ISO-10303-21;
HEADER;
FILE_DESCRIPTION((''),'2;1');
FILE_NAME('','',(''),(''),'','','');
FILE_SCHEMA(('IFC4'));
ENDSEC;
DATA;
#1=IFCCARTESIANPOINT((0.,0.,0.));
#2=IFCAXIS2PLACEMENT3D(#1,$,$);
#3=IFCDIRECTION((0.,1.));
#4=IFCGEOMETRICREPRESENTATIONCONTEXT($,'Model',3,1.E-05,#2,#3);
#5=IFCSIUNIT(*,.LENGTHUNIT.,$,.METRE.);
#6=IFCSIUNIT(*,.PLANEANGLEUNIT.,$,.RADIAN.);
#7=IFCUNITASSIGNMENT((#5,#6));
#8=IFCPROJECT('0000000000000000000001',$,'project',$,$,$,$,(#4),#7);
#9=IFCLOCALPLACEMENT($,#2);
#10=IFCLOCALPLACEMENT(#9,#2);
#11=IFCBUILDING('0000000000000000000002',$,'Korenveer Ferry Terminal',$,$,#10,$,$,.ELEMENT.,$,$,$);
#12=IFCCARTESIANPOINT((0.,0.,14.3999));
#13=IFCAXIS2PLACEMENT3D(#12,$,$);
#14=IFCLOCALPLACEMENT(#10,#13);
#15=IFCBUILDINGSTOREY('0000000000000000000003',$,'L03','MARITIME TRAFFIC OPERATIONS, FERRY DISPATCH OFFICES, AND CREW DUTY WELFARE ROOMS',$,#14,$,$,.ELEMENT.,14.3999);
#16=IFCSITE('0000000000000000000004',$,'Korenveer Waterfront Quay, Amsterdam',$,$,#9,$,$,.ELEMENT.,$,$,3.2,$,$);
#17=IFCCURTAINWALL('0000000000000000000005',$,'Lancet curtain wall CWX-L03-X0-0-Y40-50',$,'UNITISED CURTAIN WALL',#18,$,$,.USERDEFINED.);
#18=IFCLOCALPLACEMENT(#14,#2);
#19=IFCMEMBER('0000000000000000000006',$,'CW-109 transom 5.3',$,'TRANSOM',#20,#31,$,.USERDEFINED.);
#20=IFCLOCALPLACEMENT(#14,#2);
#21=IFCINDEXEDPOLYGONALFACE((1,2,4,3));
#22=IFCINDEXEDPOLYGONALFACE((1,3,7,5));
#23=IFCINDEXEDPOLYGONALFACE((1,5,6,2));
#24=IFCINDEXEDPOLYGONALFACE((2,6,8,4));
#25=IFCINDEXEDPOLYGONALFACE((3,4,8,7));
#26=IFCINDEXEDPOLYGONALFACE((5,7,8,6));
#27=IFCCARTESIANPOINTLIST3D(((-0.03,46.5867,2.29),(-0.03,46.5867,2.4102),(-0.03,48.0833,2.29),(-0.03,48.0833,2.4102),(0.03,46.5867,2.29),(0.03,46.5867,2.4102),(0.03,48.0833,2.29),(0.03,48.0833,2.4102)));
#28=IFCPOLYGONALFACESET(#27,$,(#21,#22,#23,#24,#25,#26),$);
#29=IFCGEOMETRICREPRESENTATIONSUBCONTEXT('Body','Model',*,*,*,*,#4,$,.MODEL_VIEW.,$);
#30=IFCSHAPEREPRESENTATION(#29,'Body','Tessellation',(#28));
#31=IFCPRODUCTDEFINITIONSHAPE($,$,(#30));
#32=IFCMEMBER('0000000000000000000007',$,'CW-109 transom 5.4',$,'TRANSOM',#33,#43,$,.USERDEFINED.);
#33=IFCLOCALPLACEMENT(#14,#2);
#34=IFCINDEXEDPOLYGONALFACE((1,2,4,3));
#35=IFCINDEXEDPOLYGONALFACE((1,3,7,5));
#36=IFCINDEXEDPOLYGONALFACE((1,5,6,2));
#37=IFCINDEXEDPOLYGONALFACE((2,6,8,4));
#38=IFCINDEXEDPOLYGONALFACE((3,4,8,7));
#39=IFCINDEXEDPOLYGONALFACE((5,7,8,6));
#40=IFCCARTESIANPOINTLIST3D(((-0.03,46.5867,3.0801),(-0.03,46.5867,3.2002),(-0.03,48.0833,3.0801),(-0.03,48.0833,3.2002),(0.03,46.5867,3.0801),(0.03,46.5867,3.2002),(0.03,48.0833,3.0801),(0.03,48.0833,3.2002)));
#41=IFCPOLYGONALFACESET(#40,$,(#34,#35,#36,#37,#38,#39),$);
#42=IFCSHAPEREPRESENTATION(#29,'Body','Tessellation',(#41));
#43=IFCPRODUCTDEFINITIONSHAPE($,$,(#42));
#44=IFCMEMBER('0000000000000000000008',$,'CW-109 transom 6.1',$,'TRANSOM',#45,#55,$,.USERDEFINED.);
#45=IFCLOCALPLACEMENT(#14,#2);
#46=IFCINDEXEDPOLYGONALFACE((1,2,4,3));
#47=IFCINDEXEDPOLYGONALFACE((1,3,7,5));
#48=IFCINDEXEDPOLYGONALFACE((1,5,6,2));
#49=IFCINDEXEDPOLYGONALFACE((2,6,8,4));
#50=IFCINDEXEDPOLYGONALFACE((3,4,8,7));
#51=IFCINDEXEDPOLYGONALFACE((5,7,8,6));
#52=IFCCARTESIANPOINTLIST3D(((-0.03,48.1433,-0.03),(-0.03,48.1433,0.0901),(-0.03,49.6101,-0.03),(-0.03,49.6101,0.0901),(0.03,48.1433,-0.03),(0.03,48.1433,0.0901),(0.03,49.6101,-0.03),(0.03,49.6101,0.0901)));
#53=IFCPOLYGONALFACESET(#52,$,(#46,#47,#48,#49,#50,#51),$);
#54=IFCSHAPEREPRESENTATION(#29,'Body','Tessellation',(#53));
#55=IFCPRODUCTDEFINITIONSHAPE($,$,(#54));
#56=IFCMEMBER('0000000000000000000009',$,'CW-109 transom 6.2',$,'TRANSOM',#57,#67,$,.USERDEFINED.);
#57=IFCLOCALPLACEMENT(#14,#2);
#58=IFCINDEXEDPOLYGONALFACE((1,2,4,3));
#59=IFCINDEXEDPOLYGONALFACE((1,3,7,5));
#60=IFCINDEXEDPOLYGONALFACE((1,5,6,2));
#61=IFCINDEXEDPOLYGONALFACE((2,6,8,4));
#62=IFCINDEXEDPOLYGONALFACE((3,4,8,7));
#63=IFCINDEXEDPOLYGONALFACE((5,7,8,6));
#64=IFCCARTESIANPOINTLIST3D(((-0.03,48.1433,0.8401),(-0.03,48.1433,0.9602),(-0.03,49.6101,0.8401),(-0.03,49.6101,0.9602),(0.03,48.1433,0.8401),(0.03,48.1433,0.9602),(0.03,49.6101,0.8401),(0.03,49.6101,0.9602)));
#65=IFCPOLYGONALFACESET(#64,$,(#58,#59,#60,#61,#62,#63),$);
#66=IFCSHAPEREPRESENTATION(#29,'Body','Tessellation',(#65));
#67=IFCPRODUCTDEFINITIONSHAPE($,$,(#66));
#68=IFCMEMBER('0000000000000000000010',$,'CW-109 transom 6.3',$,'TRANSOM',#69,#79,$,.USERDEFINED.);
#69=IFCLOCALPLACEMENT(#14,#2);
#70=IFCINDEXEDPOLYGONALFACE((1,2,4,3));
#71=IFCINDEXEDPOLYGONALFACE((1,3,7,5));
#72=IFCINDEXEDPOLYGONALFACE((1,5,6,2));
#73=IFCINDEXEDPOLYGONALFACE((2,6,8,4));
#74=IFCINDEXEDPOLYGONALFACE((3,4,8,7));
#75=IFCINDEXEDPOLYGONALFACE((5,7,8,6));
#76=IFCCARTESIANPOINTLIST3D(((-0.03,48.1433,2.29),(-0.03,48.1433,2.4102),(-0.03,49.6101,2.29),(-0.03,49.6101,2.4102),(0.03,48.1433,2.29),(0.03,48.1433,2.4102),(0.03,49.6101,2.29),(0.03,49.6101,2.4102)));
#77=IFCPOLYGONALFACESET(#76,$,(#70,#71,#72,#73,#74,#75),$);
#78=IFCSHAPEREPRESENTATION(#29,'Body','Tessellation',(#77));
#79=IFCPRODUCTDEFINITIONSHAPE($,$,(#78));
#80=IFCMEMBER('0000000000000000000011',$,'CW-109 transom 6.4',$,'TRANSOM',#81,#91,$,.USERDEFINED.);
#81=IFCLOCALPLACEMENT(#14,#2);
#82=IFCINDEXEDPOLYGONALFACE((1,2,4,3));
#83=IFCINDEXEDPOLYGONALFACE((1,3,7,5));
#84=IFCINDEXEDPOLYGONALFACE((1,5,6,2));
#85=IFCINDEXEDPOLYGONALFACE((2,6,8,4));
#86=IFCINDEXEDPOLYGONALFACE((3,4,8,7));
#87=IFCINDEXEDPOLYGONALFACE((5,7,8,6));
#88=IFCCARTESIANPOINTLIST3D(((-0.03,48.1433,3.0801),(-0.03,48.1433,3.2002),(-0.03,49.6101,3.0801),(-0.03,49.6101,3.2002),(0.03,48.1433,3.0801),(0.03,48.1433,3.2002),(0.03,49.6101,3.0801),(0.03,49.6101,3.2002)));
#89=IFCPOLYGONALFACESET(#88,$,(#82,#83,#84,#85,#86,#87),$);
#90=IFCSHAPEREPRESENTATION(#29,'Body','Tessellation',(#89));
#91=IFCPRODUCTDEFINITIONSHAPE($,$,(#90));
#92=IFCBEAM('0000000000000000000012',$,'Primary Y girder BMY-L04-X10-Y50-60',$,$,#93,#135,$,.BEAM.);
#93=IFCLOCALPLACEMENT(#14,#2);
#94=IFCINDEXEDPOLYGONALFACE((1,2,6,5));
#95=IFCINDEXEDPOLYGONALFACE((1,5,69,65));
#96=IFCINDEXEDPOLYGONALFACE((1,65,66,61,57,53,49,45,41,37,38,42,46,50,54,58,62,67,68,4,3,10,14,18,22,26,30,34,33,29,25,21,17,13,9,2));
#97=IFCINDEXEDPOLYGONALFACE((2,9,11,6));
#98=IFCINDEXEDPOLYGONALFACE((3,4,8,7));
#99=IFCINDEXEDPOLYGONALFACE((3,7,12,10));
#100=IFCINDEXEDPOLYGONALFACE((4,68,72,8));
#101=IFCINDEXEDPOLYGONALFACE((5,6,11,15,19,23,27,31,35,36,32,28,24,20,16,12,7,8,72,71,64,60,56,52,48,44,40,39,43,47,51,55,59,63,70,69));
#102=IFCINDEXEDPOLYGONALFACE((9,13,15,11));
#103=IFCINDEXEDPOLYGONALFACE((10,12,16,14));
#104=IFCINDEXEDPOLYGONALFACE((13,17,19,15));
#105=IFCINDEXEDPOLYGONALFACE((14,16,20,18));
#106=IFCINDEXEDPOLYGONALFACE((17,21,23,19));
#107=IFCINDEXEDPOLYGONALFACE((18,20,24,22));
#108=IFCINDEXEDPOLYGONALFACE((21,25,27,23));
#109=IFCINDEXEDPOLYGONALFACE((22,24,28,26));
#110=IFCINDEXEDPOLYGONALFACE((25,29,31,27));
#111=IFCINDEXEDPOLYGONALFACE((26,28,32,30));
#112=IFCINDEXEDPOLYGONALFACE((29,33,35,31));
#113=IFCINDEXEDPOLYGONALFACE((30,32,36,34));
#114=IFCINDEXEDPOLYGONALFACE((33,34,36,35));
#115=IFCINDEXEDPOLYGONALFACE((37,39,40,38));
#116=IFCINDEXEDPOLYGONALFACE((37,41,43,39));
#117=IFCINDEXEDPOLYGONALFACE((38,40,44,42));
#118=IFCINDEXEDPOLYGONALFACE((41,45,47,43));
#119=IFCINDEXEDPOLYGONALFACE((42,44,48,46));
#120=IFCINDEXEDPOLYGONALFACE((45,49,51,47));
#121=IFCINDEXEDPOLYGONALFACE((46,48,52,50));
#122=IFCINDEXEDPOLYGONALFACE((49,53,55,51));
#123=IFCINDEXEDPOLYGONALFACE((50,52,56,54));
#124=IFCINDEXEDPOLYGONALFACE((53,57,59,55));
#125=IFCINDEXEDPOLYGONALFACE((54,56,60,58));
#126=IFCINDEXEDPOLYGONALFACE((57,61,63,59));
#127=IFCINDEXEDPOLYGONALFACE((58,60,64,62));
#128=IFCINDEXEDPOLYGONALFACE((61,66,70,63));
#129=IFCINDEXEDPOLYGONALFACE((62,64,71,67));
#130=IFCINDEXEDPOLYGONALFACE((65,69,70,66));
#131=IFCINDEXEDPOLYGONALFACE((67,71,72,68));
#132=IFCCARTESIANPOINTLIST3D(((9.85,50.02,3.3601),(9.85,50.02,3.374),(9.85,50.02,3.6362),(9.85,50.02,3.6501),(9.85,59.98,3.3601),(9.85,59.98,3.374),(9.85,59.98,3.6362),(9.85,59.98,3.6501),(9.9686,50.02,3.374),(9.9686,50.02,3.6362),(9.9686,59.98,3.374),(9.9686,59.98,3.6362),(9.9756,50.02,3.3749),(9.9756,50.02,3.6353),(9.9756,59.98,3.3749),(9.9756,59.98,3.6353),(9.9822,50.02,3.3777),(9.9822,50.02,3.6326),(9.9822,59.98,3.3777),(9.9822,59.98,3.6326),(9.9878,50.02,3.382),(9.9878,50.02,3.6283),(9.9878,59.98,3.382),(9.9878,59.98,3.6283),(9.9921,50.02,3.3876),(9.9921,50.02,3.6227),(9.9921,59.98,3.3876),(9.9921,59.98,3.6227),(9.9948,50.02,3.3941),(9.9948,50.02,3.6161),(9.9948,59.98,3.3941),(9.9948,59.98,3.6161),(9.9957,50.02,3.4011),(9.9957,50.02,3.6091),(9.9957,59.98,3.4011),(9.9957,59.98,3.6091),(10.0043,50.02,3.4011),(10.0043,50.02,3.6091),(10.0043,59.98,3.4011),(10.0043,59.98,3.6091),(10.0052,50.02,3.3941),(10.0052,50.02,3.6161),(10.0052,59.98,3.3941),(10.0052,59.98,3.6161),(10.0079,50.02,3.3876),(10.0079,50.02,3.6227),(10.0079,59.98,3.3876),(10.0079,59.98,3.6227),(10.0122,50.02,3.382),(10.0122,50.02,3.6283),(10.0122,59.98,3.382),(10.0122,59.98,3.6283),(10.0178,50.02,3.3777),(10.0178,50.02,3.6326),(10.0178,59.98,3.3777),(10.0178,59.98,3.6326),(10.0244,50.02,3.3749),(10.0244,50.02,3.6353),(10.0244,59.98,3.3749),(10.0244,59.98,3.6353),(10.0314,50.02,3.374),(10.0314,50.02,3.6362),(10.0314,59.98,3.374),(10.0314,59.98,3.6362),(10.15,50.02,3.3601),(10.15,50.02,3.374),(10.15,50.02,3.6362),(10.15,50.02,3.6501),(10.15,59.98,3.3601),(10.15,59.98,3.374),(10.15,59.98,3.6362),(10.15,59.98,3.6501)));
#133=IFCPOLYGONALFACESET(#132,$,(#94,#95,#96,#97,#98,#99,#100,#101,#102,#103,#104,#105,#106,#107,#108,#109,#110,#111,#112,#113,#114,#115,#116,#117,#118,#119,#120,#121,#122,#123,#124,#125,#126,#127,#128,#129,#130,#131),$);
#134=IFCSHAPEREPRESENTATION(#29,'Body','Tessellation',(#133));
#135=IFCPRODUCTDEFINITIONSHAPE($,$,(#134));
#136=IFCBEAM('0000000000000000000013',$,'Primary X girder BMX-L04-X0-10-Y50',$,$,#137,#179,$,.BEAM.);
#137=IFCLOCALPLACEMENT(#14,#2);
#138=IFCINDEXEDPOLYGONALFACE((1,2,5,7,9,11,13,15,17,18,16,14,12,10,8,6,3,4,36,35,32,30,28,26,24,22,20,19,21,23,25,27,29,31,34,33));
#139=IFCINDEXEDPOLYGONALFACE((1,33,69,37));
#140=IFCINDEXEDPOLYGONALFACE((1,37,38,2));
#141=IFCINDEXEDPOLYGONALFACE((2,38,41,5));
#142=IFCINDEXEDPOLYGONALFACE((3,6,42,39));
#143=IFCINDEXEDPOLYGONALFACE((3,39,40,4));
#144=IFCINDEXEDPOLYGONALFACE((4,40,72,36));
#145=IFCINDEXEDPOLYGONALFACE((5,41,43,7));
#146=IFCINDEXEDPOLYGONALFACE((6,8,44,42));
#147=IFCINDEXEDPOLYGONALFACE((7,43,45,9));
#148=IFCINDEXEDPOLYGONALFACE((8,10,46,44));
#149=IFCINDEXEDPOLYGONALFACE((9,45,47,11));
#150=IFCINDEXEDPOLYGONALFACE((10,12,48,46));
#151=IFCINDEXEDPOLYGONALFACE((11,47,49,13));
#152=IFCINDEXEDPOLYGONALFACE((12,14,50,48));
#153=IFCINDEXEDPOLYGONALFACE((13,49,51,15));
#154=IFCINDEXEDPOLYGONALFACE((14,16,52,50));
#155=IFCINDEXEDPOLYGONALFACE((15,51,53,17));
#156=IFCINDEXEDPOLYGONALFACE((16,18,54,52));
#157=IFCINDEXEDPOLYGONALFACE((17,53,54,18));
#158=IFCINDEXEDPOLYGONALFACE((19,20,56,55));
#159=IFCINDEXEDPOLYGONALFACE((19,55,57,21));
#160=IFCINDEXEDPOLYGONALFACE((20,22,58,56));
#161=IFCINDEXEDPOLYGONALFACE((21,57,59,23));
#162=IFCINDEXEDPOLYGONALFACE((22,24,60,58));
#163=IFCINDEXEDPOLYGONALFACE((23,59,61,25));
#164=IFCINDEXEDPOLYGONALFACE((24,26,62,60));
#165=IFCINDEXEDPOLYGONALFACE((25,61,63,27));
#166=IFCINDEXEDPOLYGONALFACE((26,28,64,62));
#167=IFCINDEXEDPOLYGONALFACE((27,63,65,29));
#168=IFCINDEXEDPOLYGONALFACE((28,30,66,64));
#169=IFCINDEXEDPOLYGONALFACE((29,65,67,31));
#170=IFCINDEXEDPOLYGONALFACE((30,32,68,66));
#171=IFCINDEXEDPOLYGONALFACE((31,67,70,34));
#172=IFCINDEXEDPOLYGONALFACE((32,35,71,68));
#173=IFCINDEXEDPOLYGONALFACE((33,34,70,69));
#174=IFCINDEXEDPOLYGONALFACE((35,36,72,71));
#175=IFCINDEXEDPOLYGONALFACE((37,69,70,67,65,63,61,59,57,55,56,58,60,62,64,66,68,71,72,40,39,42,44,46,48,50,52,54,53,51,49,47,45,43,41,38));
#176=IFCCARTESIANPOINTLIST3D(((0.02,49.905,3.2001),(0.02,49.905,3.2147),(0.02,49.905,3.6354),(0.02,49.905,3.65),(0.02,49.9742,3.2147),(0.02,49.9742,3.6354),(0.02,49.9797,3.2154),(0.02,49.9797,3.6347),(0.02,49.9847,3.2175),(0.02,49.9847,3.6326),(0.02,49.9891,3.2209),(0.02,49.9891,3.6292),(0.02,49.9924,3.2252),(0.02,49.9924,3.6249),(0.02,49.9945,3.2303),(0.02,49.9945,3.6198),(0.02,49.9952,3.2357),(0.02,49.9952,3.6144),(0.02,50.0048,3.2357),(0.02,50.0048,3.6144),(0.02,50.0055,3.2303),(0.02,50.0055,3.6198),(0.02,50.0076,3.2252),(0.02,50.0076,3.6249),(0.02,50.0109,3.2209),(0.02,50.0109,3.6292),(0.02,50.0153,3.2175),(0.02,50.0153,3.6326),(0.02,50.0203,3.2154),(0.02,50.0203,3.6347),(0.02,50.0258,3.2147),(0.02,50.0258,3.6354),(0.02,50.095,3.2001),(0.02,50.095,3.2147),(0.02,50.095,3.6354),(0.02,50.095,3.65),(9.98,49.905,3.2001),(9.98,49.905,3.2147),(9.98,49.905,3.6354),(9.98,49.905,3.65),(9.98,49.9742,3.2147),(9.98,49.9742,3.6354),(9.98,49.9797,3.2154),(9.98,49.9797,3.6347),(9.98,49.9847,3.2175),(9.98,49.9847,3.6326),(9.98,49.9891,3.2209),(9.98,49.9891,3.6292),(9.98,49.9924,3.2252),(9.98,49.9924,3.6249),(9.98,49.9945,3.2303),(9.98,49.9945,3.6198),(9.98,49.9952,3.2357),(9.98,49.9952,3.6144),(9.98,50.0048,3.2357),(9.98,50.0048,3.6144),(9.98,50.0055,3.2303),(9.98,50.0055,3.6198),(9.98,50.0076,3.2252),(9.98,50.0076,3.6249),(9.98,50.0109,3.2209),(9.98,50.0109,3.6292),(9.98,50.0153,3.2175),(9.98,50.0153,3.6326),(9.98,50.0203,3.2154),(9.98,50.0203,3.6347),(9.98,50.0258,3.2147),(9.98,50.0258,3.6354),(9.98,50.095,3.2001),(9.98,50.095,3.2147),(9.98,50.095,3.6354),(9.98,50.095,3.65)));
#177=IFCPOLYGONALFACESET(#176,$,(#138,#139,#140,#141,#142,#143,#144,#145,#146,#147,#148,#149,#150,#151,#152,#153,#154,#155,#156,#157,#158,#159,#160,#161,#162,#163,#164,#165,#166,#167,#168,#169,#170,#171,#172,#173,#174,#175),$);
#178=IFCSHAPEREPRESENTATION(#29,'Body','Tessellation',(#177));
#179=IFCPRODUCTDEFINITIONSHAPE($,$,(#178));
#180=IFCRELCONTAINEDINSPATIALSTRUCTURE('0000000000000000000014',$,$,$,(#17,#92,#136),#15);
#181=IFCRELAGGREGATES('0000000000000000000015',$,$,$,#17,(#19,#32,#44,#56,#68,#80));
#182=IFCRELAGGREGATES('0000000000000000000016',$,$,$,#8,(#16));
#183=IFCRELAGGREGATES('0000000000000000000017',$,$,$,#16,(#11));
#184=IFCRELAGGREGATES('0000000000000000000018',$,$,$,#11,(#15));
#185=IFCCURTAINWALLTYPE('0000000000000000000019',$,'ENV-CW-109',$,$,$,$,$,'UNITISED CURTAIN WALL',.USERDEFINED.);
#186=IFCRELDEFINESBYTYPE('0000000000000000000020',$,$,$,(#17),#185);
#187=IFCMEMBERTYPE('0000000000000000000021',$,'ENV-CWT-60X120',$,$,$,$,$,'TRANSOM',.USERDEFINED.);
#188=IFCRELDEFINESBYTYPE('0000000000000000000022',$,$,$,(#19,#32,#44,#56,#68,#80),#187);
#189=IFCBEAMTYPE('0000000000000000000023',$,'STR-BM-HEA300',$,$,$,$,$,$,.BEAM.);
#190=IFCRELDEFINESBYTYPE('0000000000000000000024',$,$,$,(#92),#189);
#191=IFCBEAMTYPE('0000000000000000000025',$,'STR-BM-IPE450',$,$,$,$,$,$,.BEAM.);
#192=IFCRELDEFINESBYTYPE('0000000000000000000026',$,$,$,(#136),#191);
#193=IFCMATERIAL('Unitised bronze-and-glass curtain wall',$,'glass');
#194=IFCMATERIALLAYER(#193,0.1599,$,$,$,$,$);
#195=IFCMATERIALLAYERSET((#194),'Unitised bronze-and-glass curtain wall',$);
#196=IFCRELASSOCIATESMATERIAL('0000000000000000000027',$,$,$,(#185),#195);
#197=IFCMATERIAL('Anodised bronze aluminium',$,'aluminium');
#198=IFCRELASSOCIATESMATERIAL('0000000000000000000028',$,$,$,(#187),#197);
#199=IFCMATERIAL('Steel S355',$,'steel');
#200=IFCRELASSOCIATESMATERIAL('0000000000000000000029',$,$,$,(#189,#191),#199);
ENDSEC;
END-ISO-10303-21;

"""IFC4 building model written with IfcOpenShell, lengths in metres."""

from ifc_helpers import new_model, si_unit, direction, frame, origin, origin_2d, place, context, subcontext, project, spatial, rectangle, i_section, extrude, material, layer, layer_set, material_profile, profile_set, type_object, element, aggregate, save


model = new_model("IFC4")

# Units and contexts
model_context = context("Model", 3, precision=1e-05, world=origin(), true_north=direction((0.0, 1.0)))
body_context = subcontext(model_context, "Body", "Model", "MODEL_VIEW")
ifc_project = project(units=[si_unit("LENGTHUNIT", "METRE"), si_unit("PLANEANGLEUNIT", "RADIAN")], contexts=[model_context])

# Site, building, storey
site_placement = place(None, origin())
site = spatial("IfcSite", under=ifc_project, at=site_placement, Name="Korenveer Waterfront Quay, Amsterdam", CompositionType="ELEMENT", RefElevation=3.2)
building_placement = place(site_placement, origin())
building = spatial("IfcBuilding", under=site, at=building_placement, Name="Korenveer Ferry Terminal", CompositionType="ELEMENT")
storey_placement = place(building_placement, frame((0.0, 0.0, 14.3999)))
storey = spatial("IfcBuildingStorey", under=building, at=storey_placement, Name="L03", Description="MARITIME TRAFFIC OPERATIONS, FERRY DISPATCH OFFICES, AND CREW DUTY WELFARE ROOMS", CompositionType="ELEMENT", Elevation=14.3999)

# Curtain wall, members
ifc_material_1 = material(Name="Unitised bronze-and-glass curtain wall", Category="glass")
ifc_layer_1 = layer(ifc_material_1, 0.1599)
ifc_layer_set_1 = layer_set([ifc_layer_1], Name="Unitised bronze-and-glass curtain wall")
curtain_wall_type = type_object("IfcCurtainWallType", Name="ENV-CW-109", ElementType="UNITISED CURTAIN WALL", PredefinedType="USERDEFINED", material=ifc_layer_set_1)
curtain_wall_placement = place(storey_placement, frame((0.0, 40.3301, 0.0)))
curtain_wall = element("IfcCurtainWall", 1, at=curtain_wall_placement, inside=storey, type_object=curtain_wall_type, Name="Lancet curtain wall CWX-L03-X0-0-Y40-50", ObjectType="UNITISED CURTAIN WALL", PredefinedType="USERDEFINED")
ifc_material_2 = material(Name="Anodised bronze aluminium", Category="aluminium")
ifc_material_profile_1 = material_profile(ifc_material_2, rectangle(XDim=0.0601, YDim=0.1201, at=origin_2d()), Name="ALU 60x120")
ifc_profile_set_1 = profile_set([ifc_material_profile_1], Name="Anodised bronze aluminium")
member_type_1 = type_object("IfcMemberType", Name="ENV-CWT-60X120", ElementType="TRANSOM", PredefinedType="USERDEFINED", material=ifc_profile_set_1)
member_1_placement = place(storey_placement, frame((0.0, 46.5867, 2.3501), z_axis=(0.0, 1.0, 0.0), x_axis=(-1.0, 0.0, 0.0)))
member_1 = element("IfcMember", 2, at=member_1_placement, type_object=member_type_1, Name="CW-109 transom 5.3", ObjectType="TRANSOM", PredefinedType="USERDEFINED", context=body_context, shape_type="SweptSolid", body=[
    extrude(rectangle(XDim=0.0601, YDim=0.1201, at=origin_2d()), origin(), (0.0, 0.0, 1.0), 1.4966),
])
member_2_placement = place(storey_placement, frame((0.0, 46.5867, 3.1401), z_axis=(0.0, 1.0, 0.0), x_axis=(-1.0, 0.0, 0.0)))
member_2 = element("IfcMember", 3, at=member_2_placement, type_object=member_type_1, Name="CW-109 transom 5.4", ObjectType="TRANSOM", PredefinedType="USERDEFINED", context=body_context, shape_type="SweptSolid", body=[
    extrude(rectangle(XDim=0.0601, YDim=0.1201, at=origin_2d()), origin(), (0.0, 0.0, 1.0), 1.4966),
])
member_3_placement = place(storey_placement, frame((0.0, 48.1433, 0.03), z_axis=(0.0, 1.0, 0.0), x_axis=(-1.0, 0.0, 0.0)))
member_3 = element("IfcMember", 4, at=member_3_placement, type_object=member_type_1, Name="CW-109 transom 6.1", ObjectType="TRANSOM", PredefinedType="USERDEFINED", context=body_context, shape_type="SweptSolid", body=[
    extrude(rectangle(XDim=0.0601, YDim=0.1201, at=origin_2d()), origin(), (0.0, 0.0, 1.0), 1.4668),
])
member_4_placement = place(storey_placement, frame((0.0, 48.1433, 0.9001), z_axis=(0.0, 1.0, 0.0), x_axis=(-1.0, 0.0, 0.0)))
member_4 = element("IfcMember", 5, at=member_4_placement, type_object=member_type_1, Name="CW-109 transom 6.2", ObjectType="TRANSOM", PredefinedType="USERDEFINED", context=body_context, shape_type="SweptSolid", body=[
    extrude(rectangle(XDim=0.0601, YDim=0.1201, at=origin_2d()), origin(), (0.0, 0.0, 1.0), 1.4668),
])
member_5_placement = place(storey_placement, frame((0.0, 48.1433, 2.3501), z_axis=(0.0, 1.0, 0.0), x_axis=(-1.0, 0.0, 0.0)))
member_5 = element("IfcMember", 6, at=member_5_placement, type_object=member_type_1, Name="CW-109 transom 6.3", ObjectType="TRANSOM", PredefinedType="USERDEFINED", context=body_context, shape_type="SweptSolid", body=[
    extrude(rectangle(XDim=0.0601, YDim=0.1201, at=origin_2d()), origin(), (0.0, 0.0, 1.0), 1.4668),
])
member_6_placement = place(storey_placement, frame((0.0, 48.1433, 3.1401), z_axis=(0.0, 1.0, 0.0), x_axis=(-1.0, 0.0, 0.0)))
member_6 = element("IfcMember", 7, at=member_6_placement, type_object=member_type_1, Name="CW-109 transom 6.4", ObjectType="TRANSOM", PredefinedType="USERDEFINED", context=body_context, shape_type="SweptSolid", body=[
    extrude(rectangle(XDim=0.0601, YDim=0.1201, at=origin_2d()), origin(), (0.0, 0.0, 1.0), 1.4668),
])

# Beams
ifc_material_3 = material(Name="Steel S355", Category="steel")
ifc_material_profile_2 = material_profile(ifc_material_3, i_section(OverallWidth=0.3, OverallDepth=0.29, WebThickness=0.0085, FlangeThickness=0.0139, FilletRadius=0.0271, at=origin_2d()), Name="HEA 300")
ifc_profile_set_2 = profile_set([ifc_material_profile_2], Name="Steel S355")
beam_type_1 = type_object("IfcBeamType", Name="STR-BM-HEA300", PredefinedType="BEAM", material=ifc_profile_set_2)
beam_1_placement = place(storey_placement, frame((10.0, 50.02, 3.5051), z_axis=(0.0, 1.0, 0.0), x_axis=(-1.0, 0.0, 0.0)))
element("IfcBeam", 8, at=beam_1_placement, inside=storey, type_object=beam_type_1, Name="Primary Y girder BMY-L04-X10-Y50-60", PredefinedType="BEAM", context=body_context, shape_type="SweptSolid", body=[
    extrude(i_section(OverallWidth=0.3, OverallDepth=0.29, WebThickness=0.0085, FlangeThickness=0.0139, FilletRadius=0.0271, at=origin_2d()), origin(), (0.0, 0.0, 1.0), 9.96),
])
ifc_material_profile_3 = material_profile(ifc_material_3, i_section(OverallWidth=0.1899, OverallDepth=0.45, WebThickness=0.0095, FlangeThickness=0.0146, FilletRadius=0.021, at=origin_2d()), Name="IPE 450")
ifc_profile_set_3 = profile_set([ifc_material_profile_3], Name="Steel S355")
beam_type_2 = type_object("IfcBeamType", Name="STR-BM-IPE450", PredefinedType="BEAM", material=ifc_profile_set_3)
for number, where, z_axis, x_axis, name in (
    (9, (0.02, 50.0, 3.425), (1.0, 0.0, 0.0), (0.0, 1.0, 0.0), "Primary X girder BMX-L04-X0-10-Y50"),
):
    element("IfcBeam", number, at=place(storey_placement, frame(where, z_axis=z_axis, x_axis=x_axis)), inside=storey, type_object=beam_type_2, Name=name, PredefinedType="BEAM", context=body_context, shape_type="SweptSolid", body=[
        extrude(i_section(OverallWidth=0.1899, OverallDepth=0.45, WebThickness=0.0095, FlangeThickness=0.0146, FilletRadius=0.021, at=origin_2d()), origin(), (0.0, 0.0, 1.0), 9.96),
    ])

aggregate(curtain_wall, [member_1, member_2, member_3, member_4, member_5, member_6])

save(model, "model.ifc")
